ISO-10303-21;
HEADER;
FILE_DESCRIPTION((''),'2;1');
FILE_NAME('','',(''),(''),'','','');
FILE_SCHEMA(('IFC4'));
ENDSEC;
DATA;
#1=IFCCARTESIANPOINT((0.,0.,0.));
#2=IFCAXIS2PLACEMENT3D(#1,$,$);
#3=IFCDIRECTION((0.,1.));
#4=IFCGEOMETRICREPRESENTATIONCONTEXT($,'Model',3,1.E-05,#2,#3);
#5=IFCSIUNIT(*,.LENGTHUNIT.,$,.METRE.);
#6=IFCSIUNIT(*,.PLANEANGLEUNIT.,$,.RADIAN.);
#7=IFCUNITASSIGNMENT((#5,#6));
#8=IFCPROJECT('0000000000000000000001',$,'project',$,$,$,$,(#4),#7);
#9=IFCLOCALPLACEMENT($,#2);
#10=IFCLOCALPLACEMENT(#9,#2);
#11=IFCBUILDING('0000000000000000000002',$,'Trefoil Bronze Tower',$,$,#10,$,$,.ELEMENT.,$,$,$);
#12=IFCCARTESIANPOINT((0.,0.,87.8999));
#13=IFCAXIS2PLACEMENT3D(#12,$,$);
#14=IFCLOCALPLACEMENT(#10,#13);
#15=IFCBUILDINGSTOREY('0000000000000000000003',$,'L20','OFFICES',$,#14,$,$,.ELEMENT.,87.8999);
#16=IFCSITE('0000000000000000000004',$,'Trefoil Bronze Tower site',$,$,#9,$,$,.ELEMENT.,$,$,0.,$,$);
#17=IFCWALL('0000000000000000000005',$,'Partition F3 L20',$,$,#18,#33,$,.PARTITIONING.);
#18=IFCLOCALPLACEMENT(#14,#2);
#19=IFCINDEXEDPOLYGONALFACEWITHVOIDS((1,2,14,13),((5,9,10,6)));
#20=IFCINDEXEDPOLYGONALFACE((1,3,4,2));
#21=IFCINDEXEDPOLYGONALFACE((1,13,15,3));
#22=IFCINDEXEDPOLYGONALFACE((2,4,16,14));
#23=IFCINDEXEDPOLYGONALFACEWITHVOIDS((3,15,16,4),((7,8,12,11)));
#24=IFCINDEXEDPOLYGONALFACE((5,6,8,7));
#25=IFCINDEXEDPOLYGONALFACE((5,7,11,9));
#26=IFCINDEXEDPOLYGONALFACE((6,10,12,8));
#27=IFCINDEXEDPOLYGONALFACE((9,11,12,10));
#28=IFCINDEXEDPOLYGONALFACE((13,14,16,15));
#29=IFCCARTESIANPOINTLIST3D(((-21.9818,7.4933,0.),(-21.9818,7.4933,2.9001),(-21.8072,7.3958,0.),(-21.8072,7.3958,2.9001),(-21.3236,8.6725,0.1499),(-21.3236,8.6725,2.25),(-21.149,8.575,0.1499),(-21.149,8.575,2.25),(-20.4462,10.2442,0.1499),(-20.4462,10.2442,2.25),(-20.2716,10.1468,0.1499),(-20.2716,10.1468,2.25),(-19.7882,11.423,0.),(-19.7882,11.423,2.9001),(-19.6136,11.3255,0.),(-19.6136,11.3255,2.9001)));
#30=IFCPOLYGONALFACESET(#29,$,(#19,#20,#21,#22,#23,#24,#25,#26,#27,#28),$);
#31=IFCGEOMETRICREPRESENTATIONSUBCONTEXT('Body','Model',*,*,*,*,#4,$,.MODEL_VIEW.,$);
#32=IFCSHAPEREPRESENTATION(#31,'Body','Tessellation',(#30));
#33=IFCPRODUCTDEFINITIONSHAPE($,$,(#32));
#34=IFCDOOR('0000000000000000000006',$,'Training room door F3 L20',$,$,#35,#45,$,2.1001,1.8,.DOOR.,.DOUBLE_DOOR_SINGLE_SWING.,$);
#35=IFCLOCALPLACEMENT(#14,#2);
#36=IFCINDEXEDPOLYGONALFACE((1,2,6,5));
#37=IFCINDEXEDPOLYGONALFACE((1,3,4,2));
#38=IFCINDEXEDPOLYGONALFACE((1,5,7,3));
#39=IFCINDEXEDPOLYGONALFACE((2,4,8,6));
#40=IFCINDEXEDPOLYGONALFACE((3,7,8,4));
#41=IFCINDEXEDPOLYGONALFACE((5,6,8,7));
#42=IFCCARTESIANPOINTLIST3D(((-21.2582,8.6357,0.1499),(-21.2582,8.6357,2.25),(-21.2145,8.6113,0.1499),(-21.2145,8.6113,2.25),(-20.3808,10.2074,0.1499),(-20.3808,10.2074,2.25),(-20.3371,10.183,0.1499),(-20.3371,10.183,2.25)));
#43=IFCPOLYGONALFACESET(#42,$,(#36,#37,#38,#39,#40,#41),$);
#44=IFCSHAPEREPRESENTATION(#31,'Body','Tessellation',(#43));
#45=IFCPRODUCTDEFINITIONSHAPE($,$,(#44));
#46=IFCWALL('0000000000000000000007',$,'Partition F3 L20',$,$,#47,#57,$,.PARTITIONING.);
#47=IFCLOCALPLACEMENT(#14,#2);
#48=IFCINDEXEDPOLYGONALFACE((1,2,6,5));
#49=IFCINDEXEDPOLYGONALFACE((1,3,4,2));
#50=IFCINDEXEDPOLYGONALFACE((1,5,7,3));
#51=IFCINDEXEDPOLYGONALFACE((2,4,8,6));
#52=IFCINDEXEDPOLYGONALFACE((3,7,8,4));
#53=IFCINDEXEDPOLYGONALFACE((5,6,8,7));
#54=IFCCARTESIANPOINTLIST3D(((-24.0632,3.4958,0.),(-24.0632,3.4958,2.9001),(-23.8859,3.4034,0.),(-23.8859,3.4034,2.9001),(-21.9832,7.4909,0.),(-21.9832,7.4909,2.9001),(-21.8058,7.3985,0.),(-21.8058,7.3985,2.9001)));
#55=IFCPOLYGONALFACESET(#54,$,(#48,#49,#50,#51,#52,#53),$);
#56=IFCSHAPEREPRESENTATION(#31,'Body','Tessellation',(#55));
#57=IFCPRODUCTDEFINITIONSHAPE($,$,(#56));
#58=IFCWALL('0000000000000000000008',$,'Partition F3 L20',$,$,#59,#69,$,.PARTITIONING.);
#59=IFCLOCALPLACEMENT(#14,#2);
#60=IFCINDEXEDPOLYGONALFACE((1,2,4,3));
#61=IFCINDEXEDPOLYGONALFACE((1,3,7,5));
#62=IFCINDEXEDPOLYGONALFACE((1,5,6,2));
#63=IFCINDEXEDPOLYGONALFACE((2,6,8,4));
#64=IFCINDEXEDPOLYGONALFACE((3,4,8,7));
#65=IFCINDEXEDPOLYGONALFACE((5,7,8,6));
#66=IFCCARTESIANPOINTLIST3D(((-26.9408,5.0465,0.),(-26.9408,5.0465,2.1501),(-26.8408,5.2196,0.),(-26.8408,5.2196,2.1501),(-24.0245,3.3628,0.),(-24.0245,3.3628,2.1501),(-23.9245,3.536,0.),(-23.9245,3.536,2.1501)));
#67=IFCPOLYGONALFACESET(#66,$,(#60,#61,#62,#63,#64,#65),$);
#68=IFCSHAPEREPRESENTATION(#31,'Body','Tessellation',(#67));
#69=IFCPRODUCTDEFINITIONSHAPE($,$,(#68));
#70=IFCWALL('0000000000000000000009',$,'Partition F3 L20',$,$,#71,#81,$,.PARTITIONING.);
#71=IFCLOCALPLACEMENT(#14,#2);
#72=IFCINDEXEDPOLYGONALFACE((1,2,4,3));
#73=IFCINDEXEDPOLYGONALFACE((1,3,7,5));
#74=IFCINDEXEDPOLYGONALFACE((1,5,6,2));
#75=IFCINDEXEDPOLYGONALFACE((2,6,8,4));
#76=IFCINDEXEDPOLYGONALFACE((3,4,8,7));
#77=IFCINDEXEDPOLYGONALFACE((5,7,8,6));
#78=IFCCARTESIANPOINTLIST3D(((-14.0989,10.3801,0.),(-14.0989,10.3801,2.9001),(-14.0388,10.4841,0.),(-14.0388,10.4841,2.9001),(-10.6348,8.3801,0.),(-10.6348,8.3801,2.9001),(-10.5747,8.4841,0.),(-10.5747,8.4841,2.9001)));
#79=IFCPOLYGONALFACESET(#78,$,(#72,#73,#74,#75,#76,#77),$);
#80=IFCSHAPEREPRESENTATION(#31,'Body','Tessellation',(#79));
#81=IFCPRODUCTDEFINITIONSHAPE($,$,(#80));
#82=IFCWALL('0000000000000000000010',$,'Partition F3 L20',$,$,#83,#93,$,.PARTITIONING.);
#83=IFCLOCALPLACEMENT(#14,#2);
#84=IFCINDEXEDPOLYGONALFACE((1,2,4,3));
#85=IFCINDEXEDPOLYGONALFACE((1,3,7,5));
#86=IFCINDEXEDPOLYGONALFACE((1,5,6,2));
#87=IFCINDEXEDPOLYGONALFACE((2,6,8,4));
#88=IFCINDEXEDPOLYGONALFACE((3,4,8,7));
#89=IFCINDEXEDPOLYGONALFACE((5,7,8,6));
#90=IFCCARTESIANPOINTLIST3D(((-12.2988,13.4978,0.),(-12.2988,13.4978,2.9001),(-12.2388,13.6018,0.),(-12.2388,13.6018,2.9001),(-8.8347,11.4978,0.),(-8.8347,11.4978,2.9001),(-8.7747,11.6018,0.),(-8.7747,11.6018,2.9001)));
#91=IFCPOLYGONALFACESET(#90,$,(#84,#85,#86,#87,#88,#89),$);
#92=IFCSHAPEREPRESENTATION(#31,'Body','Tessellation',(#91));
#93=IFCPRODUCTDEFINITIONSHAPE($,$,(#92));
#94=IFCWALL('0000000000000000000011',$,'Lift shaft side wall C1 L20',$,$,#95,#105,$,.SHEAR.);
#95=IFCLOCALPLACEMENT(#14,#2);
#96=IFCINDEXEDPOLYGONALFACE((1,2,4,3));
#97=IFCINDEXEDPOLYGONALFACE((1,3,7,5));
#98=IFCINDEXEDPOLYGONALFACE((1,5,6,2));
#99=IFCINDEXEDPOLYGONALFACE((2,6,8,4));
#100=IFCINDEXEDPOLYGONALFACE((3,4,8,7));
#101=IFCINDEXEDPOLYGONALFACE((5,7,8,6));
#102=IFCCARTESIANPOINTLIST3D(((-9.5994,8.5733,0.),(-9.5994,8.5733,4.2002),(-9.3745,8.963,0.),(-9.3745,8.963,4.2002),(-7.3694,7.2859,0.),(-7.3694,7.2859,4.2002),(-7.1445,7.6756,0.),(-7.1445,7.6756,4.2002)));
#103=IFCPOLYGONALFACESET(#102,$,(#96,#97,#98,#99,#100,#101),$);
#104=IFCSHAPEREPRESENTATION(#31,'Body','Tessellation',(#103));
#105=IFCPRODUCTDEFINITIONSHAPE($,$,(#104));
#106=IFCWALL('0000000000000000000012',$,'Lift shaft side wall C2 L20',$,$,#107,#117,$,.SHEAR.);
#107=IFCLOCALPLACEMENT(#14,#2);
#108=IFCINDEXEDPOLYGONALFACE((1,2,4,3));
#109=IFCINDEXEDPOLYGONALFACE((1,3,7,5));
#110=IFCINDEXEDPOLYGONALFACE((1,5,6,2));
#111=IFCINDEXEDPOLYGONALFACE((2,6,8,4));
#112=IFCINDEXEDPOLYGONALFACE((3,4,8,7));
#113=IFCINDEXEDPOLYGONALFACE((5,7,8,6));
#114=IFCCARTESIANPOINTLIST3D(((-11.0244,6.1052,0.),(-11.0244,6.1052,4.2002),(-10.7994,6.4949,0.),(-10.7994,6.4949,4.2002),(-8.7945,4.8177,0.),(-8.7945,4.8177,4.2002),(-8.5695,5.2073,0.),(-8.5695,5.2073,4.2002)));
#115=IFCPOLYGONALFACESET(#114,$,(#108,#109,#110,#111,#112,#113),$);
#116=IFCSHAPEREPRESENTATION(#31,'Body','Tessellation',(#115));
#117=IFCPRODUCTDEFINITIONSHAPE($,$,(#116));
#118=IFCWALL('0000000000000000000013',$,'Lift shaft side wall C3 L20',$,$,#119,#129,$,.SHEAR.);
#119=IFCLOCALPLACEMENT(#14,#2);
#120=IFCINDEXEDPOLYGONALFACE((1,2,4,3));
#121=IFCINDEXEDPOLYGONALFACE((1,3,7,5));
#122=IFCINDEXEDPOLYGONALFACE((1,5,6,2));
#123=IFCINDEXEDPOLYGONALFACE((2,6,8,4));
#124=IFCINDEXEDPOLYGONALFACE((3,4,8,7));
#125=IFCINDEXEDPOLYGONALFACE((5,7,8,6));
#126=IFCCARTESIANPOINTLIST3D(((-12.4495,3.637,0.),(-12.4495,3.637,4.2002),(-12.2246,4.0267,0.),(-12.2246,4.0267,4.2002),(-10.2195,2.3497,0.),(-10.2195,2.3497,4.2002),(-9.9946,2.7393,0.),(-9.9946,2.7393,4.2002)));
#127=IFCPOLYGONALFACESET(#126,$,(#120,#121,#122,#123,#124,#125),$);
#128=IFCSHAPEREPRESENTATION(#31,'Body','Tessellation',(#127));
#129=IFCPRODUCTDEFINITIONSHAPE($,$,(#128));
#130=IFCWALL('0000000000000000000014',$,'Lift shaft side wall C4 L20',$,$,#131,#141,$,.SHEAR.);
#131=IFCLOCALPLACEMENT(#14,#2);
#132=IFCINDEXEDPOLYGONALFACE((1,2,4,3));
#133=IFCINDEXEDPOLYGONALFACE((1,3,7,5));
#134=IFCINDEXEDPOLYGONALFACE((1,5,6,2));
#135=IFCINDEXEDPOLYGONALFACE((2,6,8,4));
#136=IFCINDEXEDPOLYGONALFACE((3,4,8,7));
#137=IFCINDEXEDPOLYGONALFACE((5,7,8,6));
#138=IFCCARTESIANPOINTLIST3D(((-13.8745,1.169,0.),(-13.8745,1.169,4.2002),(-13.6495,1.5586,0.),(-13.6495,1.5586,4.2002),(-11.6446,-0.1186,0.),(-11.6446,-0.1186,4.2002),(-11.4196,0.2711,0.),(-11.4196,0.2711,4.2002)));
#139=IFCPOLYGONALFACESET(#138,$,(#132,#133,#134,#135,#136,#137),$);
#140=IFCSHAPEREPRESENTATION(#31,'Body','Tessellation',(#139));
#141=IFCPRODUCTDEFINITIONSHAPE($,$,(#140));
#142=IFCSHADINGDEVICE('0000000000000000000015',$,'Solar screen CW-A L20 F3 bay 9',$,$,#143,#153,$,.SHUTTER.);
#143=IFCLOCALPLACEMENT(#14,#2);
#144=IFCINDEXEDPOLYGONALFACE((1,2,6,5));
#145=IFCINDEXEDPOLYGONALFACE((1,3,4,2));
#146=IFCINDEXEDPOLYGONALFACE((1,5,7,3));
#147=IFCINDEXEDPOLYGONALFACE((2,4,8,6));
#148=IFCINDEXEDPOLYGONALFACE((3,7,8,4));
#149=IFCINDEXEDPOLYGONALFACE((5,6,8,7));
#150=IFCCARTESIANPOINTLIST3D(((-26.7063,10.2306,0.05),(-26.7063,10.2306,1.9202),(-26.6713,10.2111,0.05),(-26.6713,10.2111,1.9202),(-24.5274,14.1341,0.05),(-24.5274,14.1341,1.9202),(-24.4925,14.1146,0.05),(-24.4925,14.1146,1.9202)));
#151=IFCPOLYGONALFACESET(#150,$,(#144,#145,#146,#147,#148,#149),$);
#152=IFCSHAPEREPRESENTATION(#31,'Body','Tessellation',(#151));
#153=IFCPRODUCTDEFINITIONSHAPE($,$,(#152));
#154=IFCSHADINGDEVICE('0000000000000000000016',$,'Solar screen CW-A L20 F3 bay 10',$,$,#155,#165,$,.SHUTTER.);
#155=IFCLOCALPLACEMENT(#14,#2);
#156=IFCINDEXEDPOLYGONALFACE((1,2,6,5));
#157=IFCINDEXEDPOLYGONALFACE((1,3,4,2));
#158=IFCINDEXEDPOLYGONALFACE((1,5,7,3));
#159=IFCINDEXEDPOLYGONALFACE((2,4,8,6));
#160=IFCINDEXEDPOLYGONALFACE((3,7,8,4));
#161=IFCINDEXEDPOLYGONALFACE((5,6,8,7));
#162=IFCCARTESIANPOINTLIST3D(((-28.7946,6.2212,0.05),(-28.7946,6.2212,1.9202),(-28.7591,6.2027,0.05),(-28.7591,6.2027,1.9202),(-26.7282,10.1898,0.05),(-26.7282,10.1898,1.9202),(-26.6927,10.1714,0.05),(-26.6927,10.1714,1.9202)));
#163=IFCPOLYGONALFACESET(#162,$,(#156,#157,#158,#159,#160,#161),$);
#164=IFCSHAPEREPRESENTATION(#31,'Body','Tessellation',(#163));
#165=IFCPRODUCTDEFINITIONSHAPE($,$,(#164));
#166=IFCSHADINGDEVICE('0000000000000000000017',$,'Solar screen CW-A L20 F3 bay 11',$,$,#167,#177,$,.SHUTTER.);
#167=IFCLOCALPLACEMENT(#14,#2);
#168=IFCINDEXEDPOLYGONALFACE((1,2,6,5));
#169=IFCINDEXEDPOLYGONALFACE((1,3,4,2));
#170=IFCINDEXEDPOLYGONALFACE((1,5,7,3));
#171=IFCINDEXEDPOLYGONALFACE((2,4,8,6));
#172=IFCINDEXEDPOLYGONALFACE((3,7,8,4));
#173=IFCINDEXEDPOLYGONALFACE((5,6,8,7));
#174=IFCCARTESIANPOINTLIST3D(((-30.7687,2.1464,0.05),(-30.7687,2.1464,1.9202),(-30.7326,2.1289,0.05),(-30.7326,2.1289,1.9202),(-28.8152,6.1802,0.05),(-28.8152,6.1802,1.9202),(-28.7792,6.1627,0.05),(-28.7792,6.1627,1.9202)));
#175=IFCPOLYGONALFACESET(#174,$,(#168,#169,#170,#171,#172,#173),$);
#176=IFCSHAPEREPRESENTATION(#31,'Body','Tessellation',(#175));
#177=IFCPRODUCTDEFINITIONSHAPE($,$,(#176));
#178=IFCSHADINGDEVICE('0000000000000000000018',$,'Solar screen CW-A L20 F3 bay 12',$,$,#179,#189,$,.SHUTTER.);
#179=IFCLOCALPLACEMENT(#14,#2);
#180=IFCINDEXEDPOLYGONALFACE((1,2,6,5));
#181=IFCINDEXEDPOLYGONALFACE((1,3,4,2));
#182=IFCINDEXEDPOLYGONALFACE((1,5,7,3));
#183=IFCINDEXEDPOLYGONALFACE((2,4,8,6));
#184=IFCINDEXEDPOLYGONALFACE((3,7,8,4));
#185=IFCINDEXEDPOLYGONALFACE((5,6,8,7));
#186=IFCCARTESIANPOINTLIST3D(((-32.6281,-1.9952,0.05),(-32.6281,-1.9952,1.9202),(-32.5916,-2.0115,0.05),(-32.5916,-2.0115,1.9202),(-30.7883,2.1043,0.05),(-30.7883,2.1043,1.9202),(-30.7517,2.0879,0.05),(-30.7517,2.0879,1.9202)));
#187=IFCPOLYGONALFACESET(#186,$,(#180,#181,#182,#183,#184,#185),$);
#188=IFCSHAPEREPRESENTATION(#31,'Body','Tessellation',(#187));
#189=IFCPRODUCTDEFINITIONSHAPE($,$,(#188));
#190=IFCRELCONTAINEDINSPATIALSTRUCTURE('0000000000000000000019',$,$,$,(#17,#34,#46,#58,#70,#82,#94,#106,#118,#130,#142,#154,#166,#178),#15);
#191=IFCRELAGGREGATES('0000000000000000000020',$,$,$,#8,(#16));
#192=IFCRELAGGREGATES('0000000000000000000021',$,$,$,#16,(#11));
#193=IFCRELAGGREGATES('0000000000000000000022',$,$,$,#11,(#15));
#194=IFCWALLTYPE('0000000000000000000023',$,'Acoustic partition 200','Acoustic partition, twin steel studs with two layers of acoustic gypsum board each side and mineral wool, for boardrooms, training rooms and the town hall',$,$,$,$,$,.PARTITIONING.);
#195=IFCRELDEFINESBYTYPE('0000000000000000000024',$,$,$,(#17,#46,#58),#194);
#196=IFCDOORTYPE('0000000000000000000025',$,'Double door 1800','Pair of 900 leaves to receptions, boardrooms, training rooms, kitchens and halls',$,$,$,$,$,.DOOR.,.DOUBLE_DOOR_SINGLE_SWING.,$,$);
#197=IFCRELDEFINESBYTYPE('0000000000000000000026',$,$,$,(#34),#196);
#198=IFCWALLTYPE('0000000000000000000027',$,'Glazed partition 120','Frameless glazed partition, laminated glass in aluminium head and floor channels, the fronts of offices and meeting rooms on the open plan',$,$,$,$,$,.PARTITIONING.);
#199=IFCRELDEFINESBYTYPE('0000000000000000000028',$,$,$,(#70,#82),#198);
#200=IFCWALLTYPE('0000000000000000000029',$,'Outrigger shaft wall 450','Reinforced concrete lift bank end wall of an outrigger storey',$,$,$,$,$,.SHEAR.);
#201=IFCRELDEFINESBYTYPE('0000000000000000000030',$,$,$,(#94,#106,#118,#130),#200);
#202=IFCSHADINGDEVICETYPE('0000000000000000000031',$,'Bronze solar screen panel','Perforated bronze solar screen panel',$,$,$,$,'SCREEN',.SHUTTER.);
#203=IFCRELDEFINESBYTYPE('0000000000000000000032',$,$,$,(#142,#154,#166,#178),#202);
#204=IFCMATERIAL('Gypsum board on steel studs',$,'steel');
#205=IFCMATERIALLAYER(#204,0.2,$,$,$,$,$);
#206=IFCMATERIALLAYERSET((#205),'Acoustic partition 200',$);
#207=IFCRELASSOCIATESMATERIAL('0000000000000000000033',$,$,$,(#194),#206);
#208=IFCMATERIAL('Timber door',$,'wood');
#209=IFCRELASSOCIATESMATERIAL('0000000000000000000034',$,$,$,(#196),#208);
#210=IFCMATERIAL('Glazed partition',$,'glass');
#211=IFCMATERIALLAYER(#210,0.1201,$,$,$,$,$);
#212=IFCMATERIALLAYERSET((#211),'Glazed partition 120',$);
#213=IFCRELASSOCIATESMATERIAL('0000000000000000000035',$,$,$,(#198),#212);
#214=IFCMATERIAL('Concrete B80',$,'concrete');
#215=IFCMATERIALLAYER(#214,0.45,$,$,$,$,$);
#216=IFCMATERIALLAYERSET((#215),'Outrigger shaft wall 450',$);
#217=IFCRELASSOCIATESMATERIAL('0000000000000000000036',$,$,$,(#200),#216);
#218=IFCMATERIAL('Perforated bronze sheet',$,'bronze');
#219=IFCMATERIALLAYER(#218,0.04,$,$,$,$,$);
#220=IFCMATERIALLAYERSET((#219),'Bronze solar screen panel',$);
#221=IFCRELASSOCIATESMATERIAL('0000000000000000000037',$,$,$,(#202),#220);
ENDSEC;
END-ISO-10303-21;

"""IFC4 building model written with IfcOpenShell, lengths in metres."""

from ifc_helpers import new_model, si_unit, direction, frame, frame_2d, origin, origin_2d, place, context, subcontext, project, spatial, rectangle, extrude, material, layer, layer_set, type_object, element, fill, save


model = new_model("IFC4")

# Units and contexts
model_context = context("Model", 3, precision=1e-05, world=origin(), true_north=direction((0.0, 1.0)))
body_context = subcontext(model_context, "Body", "Model", "MODEL_VIEW")
ifc_project = project(units=[si_unit("LENGTHUNIT", "METRE"), si_unit("PLANEANGLEUNIT", "RADIAN")], contexts=[model_context])

# Site, building, storey
site_placement = place(None, origin())
site = spatial("IfcSite", under=ifc_project, at=site_placement, Name="Trefoil Bronze Tower site", CompositionType="ELEMENT", RefElevation=0.0)
building_placement = place(site_placement, origin())
building = spatial("IfcBuilding", under=site, at=building_placement, Name="Trefoil Bronze Tower", CompositionType="ELEMENT")
storey_placement = place(building_placement, frame((0.0, 0.0, 87.8999)))
storey = spatial("IfcBuildingStorey", under=building, at=storey_placement, Name="L20", Description="OFFICES", CompositionType="ELEMENT", Elevation=87.8999)

# Wall, opening, door
ifc_material_1 = material(Name="Gypsum board on steel studs", Category="steel")
ifc_layer_1 = layer(ifc_material_1, 0.2)
ifc_layer_set_1 = layer_set([ifc_layer_1], Name="Acoustic partition 200")
wall_type_1 = type_object("IfcWallType", Name="Acoustic partition 200", Description="Acoustic partition, twin steel studs with two layers of acoustic gypsum board each side and mineral wool, for boardrooms, training rooms and the town hall", PredefinedType="PARTITIONING", material=ifc_layer_set_1)
wall_1_placement = place(storey_placement, frame((-19.7009, 11.3743, 0.0), z_axis=(0.0, 0.0, 1.0), x_axis=(-0.487415, -0.87317, 0.0)))
wall_1 = element("IfcWall", 1, at=wall_1_placement, inside=storey, type_object=wall_type_1, Name="Partition F3 L20", PredefinedType="PARTITIONING", context=body_context, shape_type="SweptSolid", body=[
    extrude(rectangle(XDim=4.5005, YDim=0.2, at=frame_2d((2.2502, 0.0))), origin(), (0.0, 0.0, 1.0), 2.9001),
])
opening_placement = place(wall_1_placement, frame((1.3501, 0.0, 0.1499)))
opening = element("IfcOpeningElement", 2, at=opening_placement, cuts=wall_1, PredefinedType="OPENING", context=body_context, shape_type="SweptSolid", body=[
    extrude(rectangle(XDim=1.8, YDim=2.1001, at=frame_2d((0.8999, 1.05))), frame((0.0, 0.1099, 0.0), z_axis=(0.0, -1.0, 0.0), x_axis=(1.0, 0.0, 0.0)), (0.0, 0.0, 1.0), 0.22),
])
ifc_material_2 = material(Name="Timber door", Category="wood")
door_type = type_object("IfcDoorType", Name="Double door 1800", Description="Pair of 900 leaves to receptions, boardrooms, training rooms, kitchens and halls", OperationType="DOUBLE_DOOR_SINGLE_SWING", PredefinedType="DOOR", material=ifc_material_2)
door_placement = place(opening_placement, frame((1.8, 0.0, 0.0), z_axis=(0.0, 0.0, 1.0), x_axis=(-1.0, 0.0, 0.0)))
door = element("IfcDoor", 3, at=door_placement, inside=storey, type_object=door_type, Name="Training room door F3 L20", OperationType="DOUBLE_DOOR_SINGLE_SWING", OverallHeight=2.1001, OverallWidth=1.8, PredefinedType="DOOR", context=body_context, shape_type="SweptSolid", body=[
    extrude(rectangle(XDim=1.8, YDim=2.1001, at=frame_2d((0.8999, 1.05))), frame((0.0, 0.0249, 0.0), z_axis=(0.0, -1.0, 0.0), x_axis=(1.0, 0.0, 0.0)), (0.0, 0.0, 1.0), 0.05),
])
fill(opening, door)

# Walls
wall_2_placement = place(storey_placement, frame((-21.8945, 7.4446, 0.0), z_axis=(0.0, 0.0, 1.0), x_axis=(-0.46181, -0.886979, 0.0)))
element("IfcWall", 4, at=wall_2_placement, inside=storey, type_object=wall_type_1, Name="Partition F3 L20", PredefinedType="PARTITIONING", context=body_context, shape_type="SweptSolid", body=[
    extrude(rectangle(XDim=4.5042, YDim=0.2, at=frame_2d((2.252, 0.0))), origin(), (0.0, 0.0, 1.0), 2.9001),
])
wall_3_placement = place(storey_placement, frame((-23.9746, 3.4495, 0.0), z_axis=(0.0, 0.0, 1.0), x_axis=(-0.866039, 0.499976, 0.0)))
element("IfcWall", 5, at=wall_3_placement, inside=storey, type_object=wall_type_1, Name="Partition F3 L20", PredefinedType="PARTITIONING", context=body_context, shape_type="SweptSolid", body=[
    extrude(rectangle(XDim=3.3674, YDim=0.2, at=frame_2d((1.6836, 0.0))), origin(), (0.0, 0.0, 1.0), 2.1501),
])
ifc_material_3 = material(Name="Glazed partition", Category="glass")
ifc_layer_2 = layer(ifc_material_3, 0.1201)
ifc_layer_set_2 = layer_set([ifc_layer_2], Name="Glazed partition 120")
wall_type_2 = type_object("IfcWallType", Name="Glazed partition 120", Description="Frameless glazed partition, laminated glass in aluminium head and floor channels, the fronts of offices and meeting rooms on the open plan", PredefinedType="PARTITIONING", material=ifc_layer_set_2)
for number, where, z_axis, x_axis, name in (
    (6, (-10.6047, 8.4321, 0.0), (0.0, 0.0, 1.0), (-0.866026, 0.499999, 0.0), "Partition F3 L20"),
    (7, (-8.8047, 11.5498, 0.0), (0.0, 0.0, 1.0), (-0.866026, 0.499999, 0.0), "Partition F3 L20"),
):
    element("IfcWall", number, at=place(storey_placement, frame(where, z_axis=z_axis, x_axis=x_axis)), inside=storey, type_object=wall_type_2, Name=name, PredefinedType="PARTITIONING", context=body_context, shape_type="SweptSolid", body=[
        extrude(rectangle(XDim=4.0, YDim=0.1201, at=frame_2d((2.0, 0.0))), origin(), (0.0, 0.0, 1.0), 2.9001),
    ])
ifc_material_4 = material(Name="Concrete B80", Category="concrete")
ifc_layer_3 = layer(ifc_material_4, 0.45)
ifc_layer_set_3 = layer_set([ifc_layer_3], Name="Outrigger shaft wall 450")
wall_type_3 = type_object("IfcWallType", Name="Outrigger shaft wall 450", Description="Reinforced concrete lift bank end wall of an outrigger storey", PredefinedType="SHEAR", material=ifc_layer_set_3)
for number, where, z_axis, x_axis, name in (
    (8, (-7.2568, 7.4807, 0.0), (0.0, 0.0, 1.0), (-0.866047, 0.499963, 0.0), "Lift shaft side wall C1 L20"),
    (9, (-8.6819, 5.0125, 0.0), (0.0, 0.0, 1.0), (-0.866006, 0.500034, 0.0), "Lift shaft side wall C2 L20"),
    (10, (-10.1069, 2.5444, 0.0), (0.0, 0.0, 1.0), (-0.866047, 0.499963, 0.0), "Lift shaft side wall C3 L20"),
    (11, (-11.532, 0.0762, 0.0), (0.0, 0.0, 1.0), (-0.866006, 0.500034, 0.0), "Lift shaft side wall C4 L20"),
):
    element("IfcWall", number, at=place(storey_placement, frame(where, z_axis=z_axis, x_axis=x_axis)), inside=storey, type_object=wall_type_3, Name=name, PredefinedType="SHEAR", context=body_context, shape_type="SweptSolid", body=[
        extrude(rectangle(XDim=2.575, YDim=0.45, at=frame_2d((1.2876, 0.0))), origin(), (0.0, 0.0, 1.0), 4.2002),
    ])

# Shading devices
ifc_material_5 = material(Name="Perforated bronze sheet", Category="bronze")
ifc_layer_4 = layer(ifc_material_5, 0.04)
ifc_layer_set_4 = layer_set([ifc_layer_4], Name="Bronze solar screen panel")
shading_device_type = type_object("IfcShadingDeviceType", Name="Bronze solar screen panel", Description="Perforated bronze solar screen panel", ElementType="SCREEN", PredefinedType="SHUTTER", material=ifc_layer_set_4)
shading_device_1_placement = place(storey_placement, frame((-25.5994, 12.1726, 0.05), z_axis=(0.0, 0.0, 1.0), x_axis=(-0.487382, -0.873189, 0.0)))
element("IfcShadingDevice", 12, at=shading_device_1_placement, inside=storey, type_object=shading_device_type, Name="Solar screen CW-A L20 F3 bay 9", PredefinedType="SHUTTER", context=body_context, shape_type="SweptSolid", body=[
    extrude(rectangle(XDim=4.4705, YDim=0.04, at=origin_2d()), origin(), (0.0, 0.0, 1.0), 1.8701),
])
shading_device_2_placement = place(storey_placement, frame((-27.7437, 8.1963, 0.05), z_axis=(0.0, 0.0, 1.0), x_axis=(-0.46183, -0.886969, 0.0)))
element("IfcShadingDevice", 13, at=shading_device_2_placement, inside=storey, type_object=shading_device_type, Name="Solar screen CW-A L20 F3 bay 10", PredefinedType="SHUTTER", context=body_context, shape_type="SweptSolid", body=[
    extrude(rectangle(XDim=4.4744, YDim=0.04, at=origin_2d()), origin(), (0.0, 0.0, 1.0), 1.8701),
])
shading_device_3_placement = place(storey_placement, frame((-29.7739, 4.1545, 0.05), z_axis=(0.0, 0.0, 1.0), x_axis=(-0.435855, -0.900017, 0.0)))
element("IfcShadingDevice", 14, at=shading_device_3_placement, inside=storey, type_object=shading_device_type, Name="Solar screen CW-A L20 F3 bay 11", PredefinedType="SHUTTER", context=body_context, shape_type="SweptSolid", body=[
    extrude(rectangle(XDim=4.4819, YDim=0.04, at=origin_2d()), origin(), (0.0, 0.0, 1.0), 1.8701),
])
shading_device_4_placement = place(storey_placement, frame((-31.6899, 0.0464, 0.05), z_axis=(0.0, 0.0, 1.0), x_axis=(-0.409456, -0.91233, 0.0)))
element("IfcShadingDevice", 15, at=shading_device_4_placement, inside=storey, type_object=shading_device_type, Name="Solar screen CW-A L20 F3 bay 12", PredefinedType="SHUTTER", context=body_context, shape_type="SweptSolid", body=[
    extrude(rectangle(XDim=4.4934, YDim=0.04, at=origin_2d()), origin(), (0.0, 0.0, 1.0), 1.8701),
])

save(model, "model.ifc")
